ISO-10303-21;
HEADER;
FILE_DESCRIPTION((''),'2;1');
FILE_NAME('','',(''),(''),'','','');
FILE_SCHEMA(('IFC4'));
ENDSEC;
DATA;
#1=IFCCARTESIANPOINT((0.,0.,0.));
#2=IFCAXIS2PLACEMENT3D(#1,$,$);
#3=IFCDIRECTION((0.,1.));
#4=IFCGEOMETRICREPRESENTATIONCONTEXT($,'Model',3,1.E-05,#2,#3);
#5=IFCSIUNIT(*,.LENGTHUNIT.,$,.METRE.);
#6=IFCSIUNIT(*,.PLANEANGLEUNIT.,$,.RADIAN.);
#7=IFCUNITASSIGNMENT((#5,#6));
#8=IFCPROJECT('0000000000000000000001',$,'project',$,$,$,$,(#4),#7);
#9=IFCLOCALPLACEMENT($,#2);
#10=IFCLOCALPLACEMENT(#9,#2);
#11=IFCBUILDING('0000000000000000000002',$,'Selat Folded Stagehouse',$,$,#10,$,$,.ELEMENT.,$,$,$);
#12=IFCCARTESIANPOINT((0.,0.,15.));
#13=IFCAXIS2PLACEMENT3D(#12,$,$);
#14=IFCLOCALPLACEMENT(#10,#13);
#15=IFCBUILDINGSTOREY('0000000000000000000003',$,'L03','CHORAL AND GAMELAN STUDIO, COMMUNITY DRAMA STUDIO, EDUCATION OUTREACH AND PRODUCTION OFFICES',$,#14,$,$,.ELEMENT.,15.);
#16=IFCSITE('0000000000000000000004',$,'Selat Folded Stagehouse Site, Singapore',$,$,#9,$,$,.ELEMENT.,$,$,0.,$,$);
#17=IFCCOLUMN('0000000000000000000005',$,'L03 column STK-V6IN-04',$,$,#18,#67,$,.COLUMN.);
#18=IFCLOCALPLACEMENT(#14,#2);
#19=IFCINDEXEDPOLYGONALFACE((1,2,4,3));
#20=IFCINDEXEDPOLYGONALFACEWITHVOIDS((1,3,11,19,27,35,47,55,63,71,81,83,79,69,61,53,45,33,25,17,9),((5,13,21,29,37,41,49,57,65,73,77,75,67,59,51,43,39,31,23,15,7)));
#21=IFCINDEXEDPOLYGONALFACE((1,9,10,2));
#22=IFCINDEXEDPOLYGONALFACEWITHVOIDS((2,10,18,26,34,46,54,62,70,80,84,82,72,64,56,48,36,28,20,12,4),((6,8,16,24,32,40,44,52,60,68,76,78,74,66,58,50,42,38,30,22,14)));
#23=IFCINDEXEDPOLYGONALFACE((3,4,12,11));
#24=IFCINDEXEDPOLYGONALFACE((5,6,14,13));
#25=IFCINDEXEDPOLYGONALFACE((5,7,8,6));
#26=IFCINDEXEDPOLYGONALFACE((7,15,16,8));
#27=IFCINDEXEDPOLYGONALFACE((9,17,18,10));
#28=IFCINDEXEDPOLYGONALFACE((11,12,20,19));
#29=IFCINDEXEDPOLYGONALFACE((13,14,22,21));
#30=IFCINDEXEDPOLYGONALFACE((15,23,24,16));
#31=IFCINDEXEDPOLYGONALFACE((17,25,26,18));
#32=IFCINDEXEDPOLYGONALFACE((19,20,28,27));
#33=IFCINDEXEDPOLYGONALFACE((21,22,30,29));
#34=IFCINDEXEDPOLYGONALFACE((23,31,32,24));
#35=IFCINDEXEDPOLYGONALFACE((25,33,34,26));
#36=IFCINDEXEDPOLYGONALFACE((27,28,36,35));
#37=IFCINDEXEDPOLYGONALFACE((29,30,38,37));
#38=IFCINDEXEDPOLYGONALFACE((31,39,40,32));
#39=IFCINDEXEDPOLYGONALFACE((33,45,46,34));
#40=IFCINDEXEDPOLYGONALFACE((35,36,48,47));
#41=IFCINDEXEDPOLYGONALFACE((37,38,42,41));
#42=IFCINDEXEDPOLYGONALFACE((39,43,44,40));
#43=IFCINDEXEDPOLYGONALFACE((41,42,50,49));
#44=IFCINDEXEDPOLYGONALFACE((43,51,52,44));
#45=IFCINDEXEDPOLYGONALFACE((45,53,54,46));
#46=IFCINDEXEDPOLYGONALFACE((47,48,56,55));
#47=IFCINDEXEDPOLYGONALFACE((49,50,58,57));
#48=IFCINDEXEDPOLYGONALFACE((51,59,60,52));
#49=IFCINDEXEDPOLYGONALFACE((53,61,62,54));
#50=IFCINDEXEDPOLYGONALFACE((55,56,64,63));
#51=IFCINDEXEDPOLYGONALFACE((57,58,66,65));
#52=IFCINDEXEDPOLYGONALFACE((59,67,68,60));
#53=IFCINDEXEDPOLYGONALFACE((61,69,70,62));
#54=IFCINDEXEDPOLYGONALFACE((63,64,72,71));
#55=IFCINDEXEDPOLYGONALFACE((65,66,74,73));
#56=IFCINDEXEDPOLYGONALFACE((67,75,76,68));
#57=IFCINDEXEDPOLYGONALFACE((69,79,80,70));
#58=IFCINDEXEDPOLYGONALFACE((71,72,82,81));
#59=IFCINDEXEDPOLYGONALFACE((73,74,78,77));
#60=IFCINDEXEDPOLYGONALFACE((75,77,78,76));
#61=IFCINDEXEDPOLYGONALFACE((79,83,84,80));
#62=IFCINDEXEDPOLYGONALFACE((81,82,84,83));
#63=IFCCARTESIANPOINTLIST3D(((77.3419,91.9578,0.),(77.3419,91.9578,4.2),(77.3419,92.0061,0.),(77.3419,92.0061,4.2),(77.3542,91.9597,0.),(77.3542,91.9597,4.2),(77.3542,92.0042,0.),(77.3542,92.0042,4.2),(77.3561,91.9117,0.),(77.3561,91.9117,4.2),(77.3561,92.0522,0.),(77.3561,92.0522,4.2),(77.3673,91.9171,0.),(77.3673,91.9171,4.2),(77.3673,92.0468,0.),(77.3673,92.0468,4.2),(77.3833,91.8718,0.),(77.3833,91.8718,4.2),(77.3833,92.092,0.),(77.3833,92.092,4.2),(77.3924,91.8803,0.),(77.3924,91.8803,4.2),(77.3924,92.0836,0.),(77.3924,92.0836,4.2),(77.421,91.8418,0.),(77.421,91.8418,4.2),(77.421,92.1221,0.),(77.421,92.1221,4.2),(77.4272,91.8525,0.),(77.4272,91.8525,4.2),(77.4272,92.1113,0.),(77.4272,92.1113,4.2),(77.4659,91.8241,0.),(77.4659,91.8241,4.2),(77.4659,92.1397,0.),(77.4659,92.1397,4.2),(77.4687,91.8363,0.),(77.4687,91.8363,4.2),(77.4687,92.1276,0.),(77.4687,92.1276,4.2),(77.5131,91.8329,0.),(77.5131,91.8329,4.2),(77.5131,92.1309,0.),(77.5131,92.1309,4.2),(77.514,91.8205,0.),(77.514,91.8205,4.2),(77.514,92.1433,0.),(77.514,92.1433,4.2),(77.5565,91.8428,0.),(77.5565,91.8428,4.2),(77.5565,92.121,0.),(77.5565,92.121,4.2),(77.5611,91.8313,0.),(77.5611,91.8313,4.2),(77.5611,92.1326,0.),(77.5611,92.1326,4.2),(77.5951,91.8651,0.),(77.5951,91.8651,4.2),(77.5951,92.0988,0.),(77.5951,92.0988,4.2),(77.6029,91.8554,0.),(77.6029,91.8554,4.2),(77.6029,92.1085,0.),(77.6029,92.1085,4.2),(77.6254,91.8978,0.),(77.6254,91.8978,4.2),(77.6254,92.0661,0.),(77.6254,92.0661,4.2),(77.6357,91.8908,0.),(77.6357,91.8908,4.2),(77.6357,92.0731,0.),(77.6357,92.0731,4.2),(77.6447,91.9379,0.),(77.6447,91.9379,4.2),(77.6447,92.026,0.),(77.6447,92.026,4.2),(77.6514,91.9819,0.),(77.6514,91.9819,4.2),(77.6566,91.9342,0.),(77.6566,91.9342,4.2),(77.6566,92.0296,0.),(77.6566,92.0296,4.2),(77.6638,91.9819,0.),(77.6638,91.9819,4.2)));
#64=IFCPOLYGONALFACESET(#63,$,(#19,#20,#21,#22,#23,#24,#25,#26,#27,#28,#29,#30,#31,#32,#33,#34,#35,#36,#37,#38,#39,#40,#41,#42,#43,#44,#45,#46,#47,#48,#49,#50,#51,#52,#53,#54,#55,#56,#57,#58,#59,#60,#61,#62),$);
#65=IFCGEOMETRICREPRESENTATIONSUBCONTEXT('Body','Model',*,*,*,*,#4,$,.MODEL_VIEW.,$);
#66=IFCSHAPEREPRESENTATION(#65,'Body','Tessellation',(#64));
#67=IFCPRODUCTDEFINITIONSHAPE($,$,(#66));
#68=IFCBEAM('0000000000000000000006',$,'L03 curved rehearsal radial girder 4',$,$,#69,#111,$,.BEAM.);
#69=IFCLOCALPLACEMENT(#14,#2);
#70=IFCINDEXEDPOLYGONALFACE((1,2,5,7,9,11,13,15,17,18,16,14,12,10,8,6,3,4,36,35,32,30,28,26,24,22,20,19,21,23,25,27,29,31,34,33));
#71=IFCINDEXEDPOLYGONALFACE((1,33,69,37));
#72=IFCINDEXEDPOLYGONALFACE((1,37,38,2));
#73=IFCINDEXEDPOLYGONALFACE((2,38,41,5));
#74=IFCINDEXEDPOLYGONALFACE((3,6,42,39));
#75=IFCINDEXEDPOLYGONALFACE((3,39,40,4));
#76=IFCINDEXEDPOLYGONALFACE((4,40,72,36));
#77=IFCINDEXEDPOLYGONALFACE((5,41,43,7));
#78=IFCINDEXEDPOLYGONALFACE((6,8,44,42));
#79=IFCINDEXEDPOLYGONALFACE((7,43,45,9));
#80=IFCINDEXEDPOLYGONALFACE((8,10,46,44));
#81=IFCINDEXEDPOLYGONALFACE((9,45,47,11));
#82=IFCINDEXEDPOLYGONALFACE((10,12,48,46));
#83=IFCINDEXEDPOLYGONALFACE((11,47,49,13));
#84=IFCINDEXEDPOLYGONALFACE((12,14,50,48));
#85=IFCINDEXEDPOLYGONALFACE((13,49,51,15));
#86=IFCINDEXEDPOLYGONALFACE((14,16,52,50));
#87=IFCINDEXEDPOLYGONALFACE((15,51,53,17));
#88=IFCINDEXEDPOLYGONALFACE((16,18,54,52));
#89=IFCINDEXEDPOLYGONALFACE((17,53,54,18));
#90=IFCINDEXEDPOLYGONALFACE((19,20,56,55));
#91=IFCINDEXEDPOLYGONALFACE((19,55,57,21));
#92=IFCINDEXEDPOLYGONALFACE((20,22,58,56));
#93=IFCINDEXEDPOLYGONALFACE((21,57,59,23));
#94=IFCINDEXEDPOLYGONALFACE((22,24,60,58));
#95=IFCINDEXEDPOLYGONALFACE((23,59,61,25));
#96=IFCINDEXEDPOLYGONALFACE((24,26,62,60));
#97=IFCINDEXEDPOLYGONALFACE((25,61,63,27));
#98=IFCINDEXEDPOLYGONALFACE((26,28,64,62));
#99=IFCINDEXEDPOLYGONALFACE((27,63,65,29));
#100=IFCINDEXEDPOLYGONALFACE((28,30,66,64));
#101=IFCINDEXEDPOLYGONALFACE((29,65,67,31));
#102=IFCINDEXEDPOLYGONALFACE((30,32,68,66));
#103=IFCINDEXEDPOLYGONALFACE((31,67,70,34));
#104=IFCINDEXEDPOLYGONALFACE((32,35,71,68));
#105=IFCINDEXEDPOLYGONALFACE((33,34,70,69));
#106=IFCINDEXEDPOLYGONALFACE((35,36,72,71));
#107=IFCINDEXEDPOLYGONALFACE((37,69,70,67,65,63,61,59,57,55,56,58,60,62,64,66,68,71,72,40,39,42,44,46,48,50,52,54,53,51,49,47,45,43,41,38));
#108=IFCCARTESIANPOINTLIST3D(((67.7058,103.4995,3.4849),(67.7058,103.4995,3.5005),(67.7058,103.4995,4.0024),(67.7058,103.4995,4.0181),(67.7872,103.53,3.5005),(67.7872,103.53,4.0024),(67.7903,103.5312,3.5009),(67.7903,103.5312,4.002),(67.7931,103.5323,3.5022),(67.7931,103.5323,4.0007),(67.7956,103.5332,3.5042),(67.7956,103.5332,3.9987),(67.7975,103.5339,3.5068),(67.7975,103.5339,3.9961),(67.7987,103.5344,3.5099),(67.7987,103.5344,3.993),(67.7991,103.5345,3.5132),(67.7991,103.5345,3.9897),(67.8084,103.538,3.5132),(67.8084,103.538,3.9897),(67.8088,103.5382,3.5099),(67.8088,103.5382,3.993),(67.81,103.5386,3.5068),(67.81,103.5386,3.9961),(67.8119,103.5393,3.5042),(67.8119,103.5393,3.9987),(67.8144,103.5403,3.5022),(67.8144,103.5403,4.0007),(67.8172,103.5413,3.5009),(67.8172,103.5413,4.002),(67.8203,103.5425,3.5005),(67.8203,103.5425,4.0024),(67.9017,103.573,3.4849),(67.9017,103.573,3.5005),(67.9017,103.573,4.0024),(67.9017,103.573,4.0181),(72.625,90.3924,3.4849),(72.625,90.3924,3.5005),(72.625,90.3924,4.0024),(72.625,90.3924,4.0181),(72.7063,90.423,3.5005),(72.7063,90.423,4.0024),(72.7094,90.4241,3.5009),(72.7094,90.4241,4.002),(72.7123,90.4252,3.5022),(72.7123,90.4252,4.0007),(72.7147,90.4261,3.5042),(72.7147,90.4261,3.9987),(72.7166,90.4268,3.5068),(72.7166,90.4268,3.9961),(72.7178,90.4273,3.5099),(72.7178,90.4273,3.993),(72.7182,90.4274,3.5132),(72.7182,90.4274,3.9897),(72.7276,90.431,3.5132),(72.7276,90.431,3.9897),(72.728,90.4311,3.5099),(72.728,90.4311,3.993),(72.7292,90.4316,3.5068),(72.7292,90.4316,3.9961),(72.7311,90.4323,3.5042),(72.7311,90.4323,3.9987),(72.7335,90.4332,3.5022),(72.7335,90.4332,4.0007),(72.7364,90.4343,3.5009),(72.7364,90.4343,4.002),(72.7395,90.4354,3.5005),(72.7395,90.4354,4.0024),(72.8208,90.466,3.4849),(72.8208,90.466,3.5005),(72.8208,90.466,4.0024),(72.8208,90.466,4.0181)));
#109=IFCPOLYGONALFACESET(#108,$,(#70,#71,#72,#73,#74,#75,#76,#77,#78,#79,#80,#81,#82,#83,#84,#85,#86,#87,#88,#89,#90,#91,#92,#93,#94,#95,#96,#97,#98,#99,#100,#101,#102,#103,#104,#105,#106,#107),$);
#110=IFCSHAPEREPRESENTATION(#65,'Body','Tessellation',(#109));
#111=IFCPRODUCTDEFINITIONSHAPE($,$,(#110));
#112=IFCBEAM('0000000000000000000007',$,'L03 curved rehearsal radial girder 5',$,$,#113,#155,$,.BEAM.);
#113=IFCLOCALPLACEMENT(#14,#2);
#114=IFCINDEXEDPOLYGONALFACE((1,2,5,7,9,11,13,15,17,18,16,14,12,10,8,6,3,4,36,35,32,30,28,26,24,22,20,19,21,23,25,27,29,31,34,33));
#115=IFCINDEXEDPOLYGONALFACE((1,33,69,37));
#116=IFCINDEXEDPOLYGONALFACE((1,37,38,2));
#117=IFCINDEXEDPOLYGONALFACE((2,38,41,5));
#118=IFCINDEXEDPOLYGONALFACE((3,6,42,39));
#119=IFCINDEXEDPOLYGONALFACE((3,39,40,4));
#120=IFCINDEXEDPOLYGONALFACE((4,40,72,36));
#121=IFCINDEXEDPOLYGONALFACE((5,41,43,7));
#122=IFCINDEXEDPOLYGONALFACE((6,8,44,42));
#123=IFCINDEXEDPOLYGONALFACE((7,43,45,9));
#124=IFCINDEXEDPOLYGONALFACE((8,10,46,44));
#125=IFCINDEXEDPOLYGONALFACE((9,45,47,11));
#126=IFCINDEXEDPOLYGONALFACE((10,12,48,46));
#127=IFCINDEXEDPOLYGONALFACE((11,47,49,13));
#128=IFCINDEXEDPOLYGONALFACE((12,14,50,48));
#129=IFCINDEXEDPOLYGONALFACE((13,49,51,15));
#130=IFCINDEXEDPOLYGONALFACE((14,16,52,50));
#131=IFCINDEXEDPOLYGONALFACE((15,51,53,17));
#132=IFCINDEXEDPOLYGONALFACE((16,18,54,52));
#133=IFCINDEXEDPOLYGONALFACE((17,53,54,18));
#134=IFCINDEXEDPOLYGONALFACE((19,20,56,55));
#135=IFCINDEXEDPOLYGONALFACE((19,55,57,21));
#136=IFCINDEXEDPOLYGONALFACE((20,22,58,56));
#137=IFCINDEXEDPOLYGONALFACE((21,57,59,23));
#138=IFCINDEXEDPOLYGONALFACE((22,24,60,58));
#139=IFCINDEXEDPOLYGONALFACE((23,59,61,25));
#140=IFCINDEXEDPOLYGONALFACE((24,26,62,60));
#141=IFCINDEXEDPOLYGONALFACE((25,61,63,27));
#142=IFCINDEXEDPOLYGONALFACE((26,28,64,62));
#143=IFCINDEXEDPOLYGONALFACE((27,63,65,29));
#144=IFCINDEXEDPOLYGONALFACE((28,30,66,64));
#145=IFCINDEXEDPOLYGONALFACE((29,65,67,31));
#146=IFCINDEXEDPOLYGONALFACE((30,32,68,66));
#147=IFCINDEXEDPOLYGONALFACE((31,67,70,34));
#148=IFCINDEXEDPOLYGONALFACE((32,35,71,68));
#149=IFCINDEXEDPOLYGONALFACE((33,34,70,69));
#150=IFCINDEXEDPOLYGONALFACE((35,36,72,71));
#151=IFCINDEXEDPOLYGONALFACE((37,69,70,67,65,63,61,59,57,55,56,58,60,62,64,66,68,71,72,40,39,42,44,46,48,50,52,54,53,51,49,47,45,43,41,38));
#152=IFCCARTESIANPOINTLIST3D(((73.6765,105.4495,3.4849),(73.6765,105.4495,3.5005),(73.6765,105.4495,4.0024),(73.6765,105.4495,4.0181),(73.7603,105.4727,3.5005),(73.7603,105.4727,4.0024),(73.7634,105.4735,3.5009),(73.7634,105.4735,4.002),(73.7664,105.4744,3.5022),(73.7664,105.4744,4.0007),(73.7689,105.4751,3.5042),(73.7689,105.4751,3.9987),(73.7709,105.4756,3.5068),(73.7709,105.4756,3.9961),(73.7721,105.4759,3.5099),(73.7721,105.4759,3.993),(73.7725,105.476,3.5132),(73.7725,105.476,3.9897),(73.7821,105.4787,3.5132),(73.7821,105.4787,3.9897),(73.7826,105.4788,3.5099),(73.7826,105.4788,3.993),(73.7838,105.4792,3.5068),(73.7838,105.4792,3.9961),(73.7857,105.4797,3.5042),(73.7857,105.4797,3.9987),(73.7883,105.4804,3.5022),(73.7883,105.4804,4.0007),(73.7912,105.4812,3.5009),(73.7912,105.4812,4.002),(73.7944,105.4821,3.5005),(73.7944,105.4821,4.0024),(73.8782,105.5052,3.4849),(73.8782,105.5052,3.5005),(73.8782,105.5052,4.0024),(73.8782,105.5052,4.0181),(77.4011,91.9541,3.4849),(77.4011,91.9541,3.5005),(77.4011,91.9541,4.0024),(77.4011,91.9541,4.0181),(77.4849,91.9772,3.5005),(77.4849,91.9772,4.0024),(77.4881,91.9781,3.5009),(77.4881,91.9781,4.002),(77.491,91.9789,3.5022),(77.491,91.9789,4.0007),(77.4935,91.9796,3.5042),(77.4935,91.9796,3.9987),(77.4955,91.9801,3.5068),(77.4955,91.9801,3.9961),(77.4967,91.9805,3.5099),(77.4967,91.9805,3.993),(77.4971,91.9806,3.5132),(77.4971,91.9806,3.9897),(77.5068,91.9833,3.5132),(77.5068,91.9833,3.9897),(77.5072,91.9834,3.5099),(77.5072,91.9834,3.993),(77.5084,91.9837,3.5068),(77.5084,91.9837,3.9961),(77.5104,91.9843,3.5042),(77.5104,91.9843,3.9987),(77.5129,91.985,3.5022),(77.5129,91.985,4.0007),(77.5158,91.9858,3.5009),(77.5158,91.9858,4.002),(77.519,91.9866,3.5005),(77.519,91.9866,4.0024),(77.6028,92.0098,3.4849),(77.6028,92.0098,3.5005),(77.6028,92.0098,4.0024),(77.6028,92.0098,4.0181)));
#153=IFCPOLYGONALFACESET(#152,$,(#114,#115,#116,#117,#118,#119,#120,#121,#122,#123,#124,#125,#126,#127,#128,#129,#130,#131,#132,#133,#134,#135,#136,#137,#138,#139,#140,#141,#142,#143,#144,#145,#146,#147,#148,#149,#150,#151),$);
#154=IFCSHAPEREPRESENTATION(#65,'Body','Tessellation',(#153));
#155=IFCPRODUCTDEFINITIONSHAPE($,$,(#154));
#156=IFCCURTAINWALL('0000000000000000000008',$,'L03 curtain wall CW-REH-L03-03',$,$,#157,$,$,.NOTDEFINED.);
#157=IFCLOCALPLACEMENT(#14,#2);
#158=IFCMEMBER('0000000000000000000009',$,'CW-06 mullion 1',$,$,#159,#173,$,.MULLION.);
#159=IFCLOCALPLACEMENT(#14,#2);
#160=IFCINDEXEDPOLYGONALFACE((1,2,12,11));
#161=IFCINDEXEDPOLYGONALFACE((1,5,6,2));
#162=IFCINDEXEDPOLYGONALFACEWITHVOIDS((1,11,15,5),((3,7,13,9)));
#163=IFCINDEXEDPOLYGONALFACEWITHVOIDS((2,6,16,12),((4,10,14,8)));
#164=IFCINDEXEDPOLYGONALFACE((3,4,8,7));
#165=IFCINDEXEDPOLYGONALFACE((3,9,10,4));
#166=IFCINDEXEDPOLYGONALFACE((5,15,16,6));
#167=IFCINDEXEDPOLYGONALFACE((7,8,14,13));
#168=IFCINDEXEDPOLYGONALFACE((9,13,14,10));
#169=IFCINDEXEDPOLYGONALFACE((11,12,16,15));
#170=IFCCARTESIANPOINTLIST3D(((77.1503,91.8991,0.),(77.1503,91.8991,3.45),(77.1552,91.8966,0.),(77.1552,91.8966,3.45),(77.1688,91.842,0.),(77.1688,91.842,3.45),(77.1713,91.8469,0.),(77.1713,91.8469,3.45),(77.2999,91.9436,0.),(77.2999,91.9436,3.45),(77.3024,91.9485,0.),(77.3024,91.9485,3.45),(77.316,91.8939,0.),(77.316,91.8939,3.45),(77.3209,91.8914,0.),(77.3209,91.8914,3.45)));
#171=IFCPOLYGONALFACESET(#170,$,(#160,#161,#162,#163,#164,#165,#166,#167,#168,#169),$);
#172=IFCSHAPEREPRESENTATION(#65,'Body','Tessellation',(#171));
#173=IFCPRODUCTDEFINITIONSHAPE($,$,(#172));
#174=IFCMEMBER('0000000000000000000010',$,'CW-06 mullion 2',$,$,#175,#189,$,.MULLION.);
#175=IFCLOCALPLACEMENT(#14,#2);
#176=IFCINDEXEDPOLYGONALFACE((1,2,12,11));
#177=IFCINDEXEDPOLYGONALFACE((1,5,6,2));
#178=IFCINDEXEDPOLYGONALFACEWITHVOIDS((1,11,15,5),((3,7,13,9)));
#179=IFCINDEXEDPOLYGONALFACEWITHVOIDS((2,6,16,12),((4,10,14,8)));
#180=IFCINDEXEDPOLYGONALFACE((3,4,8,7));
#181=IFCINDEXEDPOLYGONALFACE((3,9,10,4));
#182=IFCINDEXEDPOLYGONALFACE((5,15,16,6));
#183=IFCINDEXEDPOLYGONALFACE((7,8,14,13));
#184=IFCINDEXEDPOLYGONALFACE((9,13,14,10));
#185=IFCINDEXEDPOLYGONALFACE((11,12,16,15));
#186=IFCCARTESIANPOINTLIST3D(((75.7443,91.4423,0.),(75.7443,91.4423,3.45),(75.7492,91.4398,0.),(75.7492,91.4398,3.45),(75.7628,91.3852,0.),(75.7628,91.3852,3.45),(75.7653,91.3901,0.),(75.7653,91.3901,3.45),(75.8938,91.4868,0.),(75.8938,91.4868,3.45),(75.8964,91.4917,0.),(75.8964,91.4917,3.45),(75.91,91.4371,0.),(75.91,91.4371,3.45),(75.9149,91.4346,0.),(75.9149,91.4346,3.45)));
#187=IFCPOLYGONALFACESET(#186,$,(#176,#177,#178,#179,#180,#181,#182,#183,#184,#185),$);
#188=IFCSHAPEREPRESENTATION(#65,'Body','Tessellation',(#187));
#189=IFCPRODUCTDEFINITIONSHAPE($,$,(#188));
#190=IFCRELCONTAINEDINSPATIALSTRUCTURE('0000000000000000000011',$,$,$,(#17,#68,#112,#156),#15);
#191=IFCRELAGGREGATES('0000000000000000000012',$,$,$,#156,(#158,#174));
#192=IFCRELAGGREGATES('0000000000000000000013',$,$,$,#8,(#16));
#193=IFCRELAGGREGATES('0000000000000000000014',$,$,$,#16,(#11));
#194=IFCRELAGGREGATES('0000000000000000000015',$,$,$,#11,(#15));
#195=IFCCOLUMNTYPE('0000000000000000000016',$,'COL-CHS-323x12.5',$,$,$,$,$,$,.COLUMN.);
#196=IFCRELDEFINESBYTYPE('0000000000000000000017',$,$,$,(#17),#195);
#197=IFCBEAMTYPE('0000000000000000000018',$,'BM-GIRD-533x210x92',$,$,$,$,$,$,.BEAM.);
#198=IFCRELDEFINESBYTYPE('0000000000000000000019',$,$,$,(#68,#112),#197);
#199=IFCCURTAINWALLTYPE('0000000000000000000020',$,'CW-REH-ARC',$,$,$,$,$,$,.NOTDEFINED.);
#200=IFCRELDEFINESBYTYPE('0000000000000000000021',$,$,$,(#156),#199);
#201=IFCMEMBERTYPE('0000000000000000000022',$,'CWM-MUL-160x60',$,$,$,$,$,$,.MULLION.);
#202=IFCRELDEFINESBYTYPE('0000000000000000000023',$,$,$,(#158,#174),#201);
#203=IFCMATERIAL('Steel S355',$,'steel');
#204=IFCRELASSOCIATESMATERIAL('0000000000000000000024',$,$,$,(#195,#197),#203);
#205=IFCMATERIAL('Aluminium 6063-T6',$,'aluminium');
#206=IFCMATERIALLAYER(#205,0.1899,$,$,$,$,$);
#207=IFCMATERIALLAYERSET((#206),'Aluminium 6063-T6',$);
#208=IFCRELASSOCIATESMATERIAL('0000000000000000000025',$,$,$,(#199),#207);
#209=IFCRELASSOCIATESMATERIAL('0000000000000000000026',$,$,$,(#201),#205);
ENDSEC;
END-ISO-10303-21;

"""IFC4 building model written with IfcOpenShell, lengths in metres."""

from ifc_helpers import new_model, si_unit, direction, frame, origin, origin_2d, place, context, subcontext, project, spatial, hollow_rectangle, hollow_circle, i_section, extrude, material, layer, layer_set, material_profile, profile_set, type_object, element, aggregate, save


model = new_model("IFC4")

# Units and contexts
model_context = context("Model", 3, precision=1e-05, world=origin(), true_north=direction((0.0, 1.0)))
body_context = subcontext(model_context, "Body", "Model", "MODEL_VIEW")
ifc_project = project(units=[si_unit("LENGTHUNIT", "METRE"), si_unit("PLANEANGLEUNIT", "RADIAN")], contexts=[model_context])

# Site, building, storey
site_placement = place(None, origin())
site = spatial("IfcSite", under=ifc_project, at=site_placement, Name="Selat Folded Stagehouse Site, Singapore", CompositionType="ELEMENT", RefElevation=0.0)
building_placement = place(site_placement, origin())
building = spatial("IfcBuilding", under=site, at=building_placement, Name="Selat Folded Stagehouse", CompositionType="ELEMENT")
storey_placement = place(building_placement, frame((0.0, 0.0, 15.0)))
storey = spatial("IfcBuildingStorey", under=building, at=storey_placement, Name="L03", Description="CHORAL AND GAMELAN STUDIO, COMMUNITY DRAMA STUDIO, EDUCATION OUTREACH AND PRODUCTION OFFICES", CompositionType="ELEMENT", Elevation=15.0)

# Column
ifc_material_1 = material(Name="Steel S355", Category="steel")
ifc_material_profile_1 = material_profile(ifc_material_1, hollow_circle(Radius=0.1619, WallThickness=0.0125, at=origin_2d()), Name="CHS 323.9x12.5")
ifc_profile_set_1 = profile_set([ifc_material_profile_1], Name="Steel S355")
column_type = type_object("IfcColumnType", Name="COL-CHS-323x12.5", PredefinedType="COLUMN", material=ifc_profile_set_1)
column_placement = place(storey_placement, frame((77.502, 91.9819, 0.0), z_axis=(0.0, 0.0, 1.0), x_axis=(1.0, 0.0, 0.0)))
element("IfcColumn", 1, at=column_placement, inside=storey, type_object=column_type, Name="L03 column STK-V6IN-04", PredefinedType="COLUMN", context=body_context, shape_type="SweptSolid", body=[
    extrude(hollow_circle(Radius=0.1619, WallThickness=0.0125, at=origin_2d()), origin(), (0.0, 0.0, 1.0), 4.2),
])

# Beams
ifc_material_profile_2 = material_profile(ifc_material_1, i_section(OverallWidth=0.2092, OverallDepth=0.5332, WebThickness=0.01, FlangeThickness=0.0156, FilletRadius=0.0127, at=origin_2d()), Name="UKB 533x210x92")
ifc_profile_set_2 = profile_set([ifc_material_profile_2], Name="Steel S355")
beam_type_1 = type_object("IfcBeamType", Name="BM-GIRD-533x210x92", PredefinedType="BEAM", material=ifc_profile_set_2)
beam_1_placement = place(storey_placement, frame((72.7229, 90.4292, 3.7515), z_axis=(-0.351374, 0.936235, 0.0), x_axis=(-0.936235, -0.351374, 0.0)))
element("IfcBeam", 2, at=beam_1_placement, inside=storey, type_object=beam_type_1, Name="L03 curved rehearsal radial girder 4", PredefinedType="BEAM", context=body_context, shape_type="SweptSolid", body=[
    extrude(i_section(OverallWidth=0.2092, OverallDepth=0.5332, WebThickness=0.01, FlangeThickness=0.0156, FilletRadius=0.0127, at=origin_2d()), origin(), (0.0, 0.0, 1.0), 13.9998),
])
beam_2_placement = place(storey_placement, frame((77.502, 91.9819, 3.7515), z_axis=(-0.266045, 0.963961, 0.0), x_axis=(-0.963961, -0.266045, 0.0)))
element("IfcBeam", 3, at=beam_2_placement, inside=storey, type_object=beam_type_1, Name="L03 curved rehearsal radial girder 5", PredefinedType="BEAM", context=body_context, shape_type="SweptSolid", body=[
    extrude(i_section(OverallWidth=0.2092, OverallDepth=0.5332, WebThickness=0.01, FlangeThickness=0.0156, FilletRadius=0.0127, at=origin_2d()), origin(), (0.0, 0.0, 1.0), 14.0),
])

# Curtain wall, members
ifc_material_2 = material(Name="Aluminium 6063-T6", Category="aluminium")
ifc_layer_1 = layer(ifc_material_2, 0.1899)
ifc_layer_set_1 = layer_set([ifc_layer_1], Name="Aluminium 6063-T6")
curtain_wall_type = type_object("IfcCurtainWallType", Name="CW-REH-ARC", PredefinedType="NOTDEFINED", material=ifc_layer_set_1)
curtain_wall_1_placement = place(storey_placement, origin())
curtain_wall_1 = element("IfcCurtainWall", 4, at=curtain_wall_1_placement, inside=storey, type_object=curtain_wall_type, Name="L03 curtain wall CW-REH-L03-03", PredefinedType="NOTDEFINED")
ifc_material_profile_3 = material_profile(ifc_material_2, hollow_rectangle(XDim=0.0601, YDim=0.1599, WallThickness=0.0039, at=origin_2d()), Name="ALU 160x60x4.0")
ifc_profile_set_3 = profile_set([ifc_material_profile_3], Name="Aluminium 6063-T6")
member_type_1 = type_object("IfcMemberType", Name="CWM-MUL-160x60", PredefinedType="MULLION", material=ifc_profile_set_3)
member_1_placement = place(storey_placement, frame((77.2356, 91.8953, 0.0), z_axis=(0.0, 0.0, 1.0), x_axis=(0.308992, -0.951065, 0.0)))
member_1 = element("IfcMember", 5, at=member_1_placement, type_object=member_type_1, Name="CW-06 mullion 1", PredefinedType="MULLION", context=body_context, shape_type="SweptSolid", body=[
    extrude(hollow_rectangle(XDim=0.0601, YDim=0.1599, WallThickness=0.0039, at=origin_2d()), origin(), (0.0, 0.0, 1.0), 3.45),
])
member_2_placement = place(storey_placement, frame((75.8296, 91.4385, 0.0), z_axis=(0.0, 0.0, 1.0), x_axis=(0.308992, -0.951065, 0.0)))
member_2 = element("IfcMember", 6, at=member_2_placement, type_object=member_type_1, Name="CW-06 mullion 2", PredefinedType="MULLION", context=body_context, shape_type="SweptSolid", body=[
    extrude(hollow_rectangle(XDim=0.0601, YDim=0.1599, WallThickness=0.0039, at=origin_2d()), origin(), (0.0, 0.0, 1.0), 3.45),
])

aggregate(curtain_wall_1, [member_1, member_2])

save(model, "model.ifc")
